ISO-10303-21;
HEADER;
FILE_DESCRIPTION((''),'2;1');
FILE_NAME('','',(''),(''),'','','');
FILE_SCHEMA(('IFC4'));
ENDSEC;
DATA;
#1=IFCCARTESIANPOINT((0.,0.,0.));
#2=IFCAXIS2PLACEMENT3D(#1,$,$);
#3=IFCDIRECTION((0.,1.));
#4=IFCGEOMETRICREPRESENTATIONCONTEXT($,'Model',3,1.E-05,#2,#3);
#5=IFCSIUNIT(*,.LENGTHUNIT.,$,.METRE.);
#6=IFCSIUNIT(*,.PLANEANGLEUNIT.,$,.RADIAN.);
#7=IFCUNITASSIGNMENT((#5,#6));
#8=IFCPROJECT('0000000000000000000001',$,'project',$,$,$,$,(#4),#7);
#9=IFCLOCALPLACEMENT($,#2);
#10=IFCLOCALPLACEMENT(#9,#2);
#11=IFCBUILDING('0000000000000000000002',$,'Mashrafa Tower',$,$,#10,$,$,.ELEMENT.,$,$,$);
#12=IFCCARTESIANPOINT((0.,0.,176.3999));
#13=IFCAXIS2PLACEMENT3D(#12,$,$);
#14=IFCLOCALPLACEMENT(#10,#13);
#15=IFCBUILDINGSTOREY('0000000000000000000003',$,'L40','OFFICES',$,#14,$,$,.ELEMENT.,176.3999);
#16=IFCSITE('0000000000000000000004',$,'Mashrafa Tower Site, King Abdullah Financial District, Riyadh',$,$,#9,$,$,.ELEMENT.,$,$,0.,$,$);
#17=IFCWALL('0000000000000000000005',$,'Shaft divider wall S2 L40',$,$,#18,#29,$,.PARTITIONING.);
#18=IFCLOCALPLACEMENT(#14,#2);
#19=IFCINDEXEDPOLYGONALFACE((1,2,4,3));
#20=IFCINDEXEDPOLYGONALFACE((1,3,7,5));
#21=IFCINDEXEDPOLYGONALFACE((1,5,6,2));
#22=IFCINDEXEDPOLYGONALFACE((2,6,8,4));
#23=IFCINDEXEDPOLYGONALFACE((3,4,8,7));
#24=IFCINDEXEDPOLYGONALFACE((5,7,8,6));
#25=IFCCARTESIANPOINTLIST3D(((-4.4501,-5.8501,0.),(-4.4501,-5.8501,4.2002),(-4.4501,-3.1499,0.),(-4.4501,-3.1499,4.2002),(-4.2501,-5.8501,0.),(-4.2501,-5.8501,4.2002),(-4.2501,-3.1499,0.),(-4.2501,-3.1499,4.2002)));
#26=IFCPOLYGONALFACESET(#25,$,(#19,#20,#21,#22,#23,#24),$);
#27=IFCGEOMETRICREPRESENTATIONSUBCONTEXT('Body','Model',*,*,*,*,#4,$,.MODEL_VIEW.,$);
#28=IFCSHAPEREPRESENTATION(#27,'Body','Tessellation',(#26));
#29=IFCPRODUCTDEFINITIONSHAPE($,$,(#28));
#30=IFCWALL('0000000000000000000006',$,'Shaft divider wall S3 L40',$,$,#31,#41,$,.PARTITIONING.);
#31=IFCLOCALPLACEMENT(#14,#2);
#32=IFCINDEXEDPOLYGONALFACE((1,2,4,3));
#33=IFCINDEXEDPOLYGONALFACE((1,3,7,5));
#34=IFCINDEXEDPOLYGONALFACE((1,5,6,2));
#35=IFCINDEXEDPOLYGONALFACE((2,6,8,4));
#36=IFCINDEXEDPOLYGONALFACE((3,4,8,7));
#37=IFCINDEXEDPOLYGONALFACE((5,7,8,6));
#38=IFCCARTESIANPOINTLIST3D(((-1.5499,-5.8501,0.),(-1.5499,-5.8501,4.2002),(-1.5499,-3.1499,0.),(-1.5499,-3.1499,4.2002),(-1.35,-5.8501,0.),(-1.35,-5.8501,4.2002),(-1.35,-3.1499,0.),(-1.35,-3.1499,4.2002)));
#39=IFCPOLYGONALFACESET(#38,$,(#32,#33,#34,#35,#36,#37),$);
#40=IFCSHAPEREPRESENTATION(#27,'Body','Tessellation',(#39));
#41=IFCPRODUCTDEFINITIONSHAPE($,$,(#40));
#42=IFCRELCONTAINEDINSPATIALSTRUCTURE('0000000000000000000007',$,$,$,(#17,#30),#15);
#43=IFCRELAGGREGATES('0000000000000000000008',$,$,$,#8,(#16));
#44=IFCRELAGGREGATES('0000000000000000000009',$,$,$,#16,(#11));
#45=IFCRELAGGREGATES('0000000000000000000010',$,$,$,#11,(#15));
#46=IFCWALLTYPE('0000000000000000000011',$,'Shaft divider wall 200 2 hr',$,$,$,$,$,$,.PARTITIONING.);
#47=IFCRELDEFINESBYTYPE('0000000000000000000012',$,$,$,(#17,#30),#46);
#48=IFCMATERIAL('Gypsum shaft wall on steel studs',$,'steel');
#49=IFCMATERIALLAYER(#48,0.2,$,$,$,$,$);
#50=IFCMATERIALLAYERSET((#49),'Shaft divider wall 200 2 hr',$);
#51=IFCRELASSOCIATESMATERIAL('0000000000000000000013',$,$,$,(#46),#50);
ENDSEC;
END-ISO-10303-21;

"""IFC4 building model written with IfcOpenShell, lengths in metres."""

from ifc_helpers import new_model, si_unit, direction, frame, frame_2d, origin, place, context, subcontext, project, spatial, rectangle, extrude, material, layer, layer_set, type_object, element, save


model = new_model("IFC4")

# Units and contexts
model_context = context("Model", 3, precision=1e-05, world=origin(), true_north=direction((0.0, 1.0)))
body_context = subcontext(model_context, "Body", "Model", "MODEL_VIEW")
ifc_project = project(units=[si_unit("LENGTHUNIT", "METRE"), si_unit("PLANEANGLEUNIT", "RADIAN")], contexts=[model_context])

# Site, building, storey
site_placement = place(None, origin())
site = spatial("IfcSite", under=ifc_project, at=site_placement, Name="Mashrafa Tower Site, King Abdullah Financial District, Riyadh", CompositionType="ELEMENT", RefElevation=0.0)
building_placement = place(site_placement, origin())
building = spatial("IfcBuilding", under=site, at=building_placement, Name="Mashrafa Tower", CompositionType="ELEMENT")
storey_placement = place(building_placement, frame((0.0, 0.0, 176.3999)))
storey = spatial("IfcBuildingStorey", under=building, at=storey_placement, Name="L40", Description="OFFICES", CompositionType="ELEMENT", Elevation=176.3999)

# Walls
ifc_material_1 = material(Name="Gypsum shaft wall on steel studs", Category="steel")
ifc_layer_1 = layer(ifc_material_1, 0.2)
ifc_layer_set_1 = layer_set([ifc_layer_1], Name="Shaft divider wall 200 2 hr")
wall_type_1 = type_object("IfcWallType", Name="Shaft divider wall 200 2 hr", PredefinedType="PARTITIONING", material=ifc_layer_set_1)
for number, where, z_axis, x_axis, name in (
    (1, (-4.3501, -5.8501, 0.0), (0.0, 0.0, 1.0), (0.0, 1.0, 0.0), "Shaft divider wall S2 L40"),
    (2, (-1.45, -5.8501, 0.0), (0.0, 0.0, 1.0), (0.0, 1.0, 0.0), "Shaft divider wall S3 L40"),
):
    element("IfcWall", number, at=place(storey_placement, frame(where, z_axis=z_axis, x_axis=x_axis)), inside=storey, type_object=wall_type_1, Name=name, PredefinedType="PARTITIONING", context=body_context, shape_type="SweptSolid", body=[
        extrude(rectangle(XDim=2.7002, YDim=0.2, at=frame_2d((1.3501, 0.0))), origin(), (0.0, 0.0, 1.0), 4.2002),
    ])

save(model, "model.ifc")
